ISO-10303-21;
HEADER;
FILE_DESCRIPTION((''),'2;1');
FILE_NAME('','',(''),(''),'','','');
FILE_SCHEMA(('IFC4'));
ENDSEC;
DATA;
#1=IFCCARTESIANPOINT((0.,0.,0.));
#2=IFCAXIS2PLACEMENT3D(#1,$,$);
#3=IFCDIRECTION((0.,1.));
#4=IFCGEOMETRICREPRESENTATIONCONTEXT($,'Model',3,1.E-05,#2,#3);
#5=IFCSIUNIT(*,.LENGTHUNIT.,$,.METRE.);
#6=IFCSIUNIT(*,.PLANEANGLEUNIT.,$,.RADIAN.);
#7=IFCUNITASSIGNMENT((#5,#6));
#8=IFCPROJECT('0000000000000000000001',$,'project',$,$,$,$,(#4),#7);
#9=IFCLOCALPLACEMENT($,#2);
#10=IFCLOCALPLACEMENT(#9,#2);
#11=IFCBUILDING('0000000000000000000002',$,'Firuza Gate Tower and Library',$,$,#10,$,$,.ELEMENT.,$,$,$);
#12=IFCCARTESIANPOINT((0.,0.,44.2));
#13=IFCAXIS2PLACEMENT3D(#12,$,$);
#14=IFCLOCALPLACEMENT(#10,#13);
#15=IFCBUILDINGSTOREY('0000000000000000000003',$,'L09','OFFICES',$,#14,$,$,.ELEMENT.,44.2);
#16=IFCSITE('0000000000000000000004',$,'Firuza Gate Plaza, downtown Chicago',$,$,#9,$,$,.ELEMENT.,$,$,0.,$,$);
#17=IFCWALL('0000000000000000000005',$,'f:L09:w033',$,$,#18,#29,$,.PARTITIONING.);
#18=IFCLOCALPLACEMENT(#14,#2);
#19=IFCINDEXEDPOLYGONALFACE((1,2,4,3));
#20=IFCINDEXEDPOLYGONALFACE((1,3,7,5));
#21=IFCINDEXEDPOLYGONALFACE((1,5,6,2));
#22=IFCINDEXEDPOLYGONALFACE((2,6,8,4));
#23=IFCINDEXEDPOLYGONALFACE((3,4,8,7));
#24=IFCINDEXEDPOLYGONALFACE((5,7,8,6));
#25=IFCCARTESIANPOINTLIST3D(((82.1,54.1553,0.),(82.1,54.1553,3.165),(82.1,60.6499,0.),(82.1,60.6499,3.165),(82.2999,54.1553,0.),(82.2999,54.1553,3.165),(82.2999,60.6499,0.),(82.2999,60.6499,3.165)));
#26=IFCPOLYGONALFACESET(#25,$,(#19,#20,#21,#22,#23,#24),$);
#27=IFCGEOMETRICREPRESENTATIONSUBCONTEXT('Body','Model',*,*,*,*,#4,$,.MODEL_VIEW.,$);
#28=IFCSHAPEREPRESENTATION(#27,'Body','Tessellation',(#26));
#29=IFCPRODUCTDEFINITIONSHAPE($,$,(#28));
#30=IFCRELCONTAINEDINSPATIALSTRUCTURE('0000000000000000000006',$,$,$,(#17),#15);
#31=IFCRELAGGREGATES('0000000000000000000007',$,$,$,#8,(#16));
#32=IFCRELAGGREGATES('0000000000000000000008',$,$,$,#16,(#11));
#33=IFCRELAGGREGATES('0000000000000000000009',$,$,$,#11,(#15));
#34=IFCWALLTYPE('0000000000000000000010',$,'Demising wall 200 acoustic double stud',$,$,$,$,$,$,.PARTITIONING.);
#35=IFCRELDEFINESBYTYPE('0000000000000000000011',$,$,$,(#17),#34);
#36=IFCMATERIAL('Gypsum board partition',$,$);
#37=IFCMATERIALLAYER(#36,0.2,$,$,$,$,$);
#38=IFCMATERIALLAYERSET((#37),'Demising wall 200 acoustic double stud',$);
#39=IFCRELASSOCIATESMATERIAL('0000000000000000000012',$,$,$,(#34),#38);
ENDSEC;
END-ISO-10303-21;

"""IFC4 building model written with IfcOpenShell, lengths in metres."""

from ifc_helpers import new_model, si_unit, direction, frame, frame_2d, origin, place, context, subcontext, project, spatial, rectangle, extrude, material, layer, layer_set, type_object, element, save


model = new_model("IFC4")

# Units and contexts
model_context = context("Model", 3, precision=1e-05, world=origin(), true_north=direction((0.0, 1.0)))
body_context = subcontext(model_context, "Body", "Model", "MODEL_VIEW")
ifc_project = project(units=[si_unit("LENGTHUNIT", "METRE"), si_unit("PLANEANGLEUNIT", "RADIAN")], contexts=[model_context])

# Site, building, storey
site_placement = place(None, origin())
site = spatial("IfcSite", under=ifc_project, at=site_placement, Name="Firuza Gate Plaza, downtown Chicago", CompositionType="ELEMENT", RefElevation=0.0)
building_placement = place(site_placement, origin())
building = spatial("IfcBuilding", under=site, at=building_placement, Name="Firuza Gate Tower and Library", CompositionType="ELEMENT")
storey_placement = place(building_placement, frame((0.0, 0.0, 44.2)))
storey = spatial("IfcBuildingStorey", under=building, at=storey_placement, Name="L09", Description="OFFICES", CompositionType="ELEMENT", Elevation=44.2)

# Wall
ifc_material_1 = material(Name="Gypsum board partition")
ifc_layer_1 = layer(ifc_material_1, 0.2)
ifc_layer_set_1 = layer_set([ifc_layer_1], Name="Demising wall 200 acoustic double stud")
wall_type = type_object("IfcWallType", Name="Demising wall 200 acoustic double stud", PredefinedType="PARTITIONING", material=ifc_layer_set_1)
wall_placement = place(storey_placement, frame((82.2, 54.1553, 0.0), z_axis=(0.0, 0.0, 1.0), x_axis=(0.0, 1.0, 0.0)))
element("IfcWall", 1, at=wall_placement, inside=storey, type_object=wall_type, Name="f:L09:w033", PredefinedType="PARTITIONING", context=body_context, shape_type="SweptSolid", body=[
    extrude(rectangle(XDim=6.4946, YDim=0.2, at=frame_2d((3.2473, 0.0))), origin(), (0.0, 0.0, 1.0), 3.165),
])

save(model, "model.ifc")
